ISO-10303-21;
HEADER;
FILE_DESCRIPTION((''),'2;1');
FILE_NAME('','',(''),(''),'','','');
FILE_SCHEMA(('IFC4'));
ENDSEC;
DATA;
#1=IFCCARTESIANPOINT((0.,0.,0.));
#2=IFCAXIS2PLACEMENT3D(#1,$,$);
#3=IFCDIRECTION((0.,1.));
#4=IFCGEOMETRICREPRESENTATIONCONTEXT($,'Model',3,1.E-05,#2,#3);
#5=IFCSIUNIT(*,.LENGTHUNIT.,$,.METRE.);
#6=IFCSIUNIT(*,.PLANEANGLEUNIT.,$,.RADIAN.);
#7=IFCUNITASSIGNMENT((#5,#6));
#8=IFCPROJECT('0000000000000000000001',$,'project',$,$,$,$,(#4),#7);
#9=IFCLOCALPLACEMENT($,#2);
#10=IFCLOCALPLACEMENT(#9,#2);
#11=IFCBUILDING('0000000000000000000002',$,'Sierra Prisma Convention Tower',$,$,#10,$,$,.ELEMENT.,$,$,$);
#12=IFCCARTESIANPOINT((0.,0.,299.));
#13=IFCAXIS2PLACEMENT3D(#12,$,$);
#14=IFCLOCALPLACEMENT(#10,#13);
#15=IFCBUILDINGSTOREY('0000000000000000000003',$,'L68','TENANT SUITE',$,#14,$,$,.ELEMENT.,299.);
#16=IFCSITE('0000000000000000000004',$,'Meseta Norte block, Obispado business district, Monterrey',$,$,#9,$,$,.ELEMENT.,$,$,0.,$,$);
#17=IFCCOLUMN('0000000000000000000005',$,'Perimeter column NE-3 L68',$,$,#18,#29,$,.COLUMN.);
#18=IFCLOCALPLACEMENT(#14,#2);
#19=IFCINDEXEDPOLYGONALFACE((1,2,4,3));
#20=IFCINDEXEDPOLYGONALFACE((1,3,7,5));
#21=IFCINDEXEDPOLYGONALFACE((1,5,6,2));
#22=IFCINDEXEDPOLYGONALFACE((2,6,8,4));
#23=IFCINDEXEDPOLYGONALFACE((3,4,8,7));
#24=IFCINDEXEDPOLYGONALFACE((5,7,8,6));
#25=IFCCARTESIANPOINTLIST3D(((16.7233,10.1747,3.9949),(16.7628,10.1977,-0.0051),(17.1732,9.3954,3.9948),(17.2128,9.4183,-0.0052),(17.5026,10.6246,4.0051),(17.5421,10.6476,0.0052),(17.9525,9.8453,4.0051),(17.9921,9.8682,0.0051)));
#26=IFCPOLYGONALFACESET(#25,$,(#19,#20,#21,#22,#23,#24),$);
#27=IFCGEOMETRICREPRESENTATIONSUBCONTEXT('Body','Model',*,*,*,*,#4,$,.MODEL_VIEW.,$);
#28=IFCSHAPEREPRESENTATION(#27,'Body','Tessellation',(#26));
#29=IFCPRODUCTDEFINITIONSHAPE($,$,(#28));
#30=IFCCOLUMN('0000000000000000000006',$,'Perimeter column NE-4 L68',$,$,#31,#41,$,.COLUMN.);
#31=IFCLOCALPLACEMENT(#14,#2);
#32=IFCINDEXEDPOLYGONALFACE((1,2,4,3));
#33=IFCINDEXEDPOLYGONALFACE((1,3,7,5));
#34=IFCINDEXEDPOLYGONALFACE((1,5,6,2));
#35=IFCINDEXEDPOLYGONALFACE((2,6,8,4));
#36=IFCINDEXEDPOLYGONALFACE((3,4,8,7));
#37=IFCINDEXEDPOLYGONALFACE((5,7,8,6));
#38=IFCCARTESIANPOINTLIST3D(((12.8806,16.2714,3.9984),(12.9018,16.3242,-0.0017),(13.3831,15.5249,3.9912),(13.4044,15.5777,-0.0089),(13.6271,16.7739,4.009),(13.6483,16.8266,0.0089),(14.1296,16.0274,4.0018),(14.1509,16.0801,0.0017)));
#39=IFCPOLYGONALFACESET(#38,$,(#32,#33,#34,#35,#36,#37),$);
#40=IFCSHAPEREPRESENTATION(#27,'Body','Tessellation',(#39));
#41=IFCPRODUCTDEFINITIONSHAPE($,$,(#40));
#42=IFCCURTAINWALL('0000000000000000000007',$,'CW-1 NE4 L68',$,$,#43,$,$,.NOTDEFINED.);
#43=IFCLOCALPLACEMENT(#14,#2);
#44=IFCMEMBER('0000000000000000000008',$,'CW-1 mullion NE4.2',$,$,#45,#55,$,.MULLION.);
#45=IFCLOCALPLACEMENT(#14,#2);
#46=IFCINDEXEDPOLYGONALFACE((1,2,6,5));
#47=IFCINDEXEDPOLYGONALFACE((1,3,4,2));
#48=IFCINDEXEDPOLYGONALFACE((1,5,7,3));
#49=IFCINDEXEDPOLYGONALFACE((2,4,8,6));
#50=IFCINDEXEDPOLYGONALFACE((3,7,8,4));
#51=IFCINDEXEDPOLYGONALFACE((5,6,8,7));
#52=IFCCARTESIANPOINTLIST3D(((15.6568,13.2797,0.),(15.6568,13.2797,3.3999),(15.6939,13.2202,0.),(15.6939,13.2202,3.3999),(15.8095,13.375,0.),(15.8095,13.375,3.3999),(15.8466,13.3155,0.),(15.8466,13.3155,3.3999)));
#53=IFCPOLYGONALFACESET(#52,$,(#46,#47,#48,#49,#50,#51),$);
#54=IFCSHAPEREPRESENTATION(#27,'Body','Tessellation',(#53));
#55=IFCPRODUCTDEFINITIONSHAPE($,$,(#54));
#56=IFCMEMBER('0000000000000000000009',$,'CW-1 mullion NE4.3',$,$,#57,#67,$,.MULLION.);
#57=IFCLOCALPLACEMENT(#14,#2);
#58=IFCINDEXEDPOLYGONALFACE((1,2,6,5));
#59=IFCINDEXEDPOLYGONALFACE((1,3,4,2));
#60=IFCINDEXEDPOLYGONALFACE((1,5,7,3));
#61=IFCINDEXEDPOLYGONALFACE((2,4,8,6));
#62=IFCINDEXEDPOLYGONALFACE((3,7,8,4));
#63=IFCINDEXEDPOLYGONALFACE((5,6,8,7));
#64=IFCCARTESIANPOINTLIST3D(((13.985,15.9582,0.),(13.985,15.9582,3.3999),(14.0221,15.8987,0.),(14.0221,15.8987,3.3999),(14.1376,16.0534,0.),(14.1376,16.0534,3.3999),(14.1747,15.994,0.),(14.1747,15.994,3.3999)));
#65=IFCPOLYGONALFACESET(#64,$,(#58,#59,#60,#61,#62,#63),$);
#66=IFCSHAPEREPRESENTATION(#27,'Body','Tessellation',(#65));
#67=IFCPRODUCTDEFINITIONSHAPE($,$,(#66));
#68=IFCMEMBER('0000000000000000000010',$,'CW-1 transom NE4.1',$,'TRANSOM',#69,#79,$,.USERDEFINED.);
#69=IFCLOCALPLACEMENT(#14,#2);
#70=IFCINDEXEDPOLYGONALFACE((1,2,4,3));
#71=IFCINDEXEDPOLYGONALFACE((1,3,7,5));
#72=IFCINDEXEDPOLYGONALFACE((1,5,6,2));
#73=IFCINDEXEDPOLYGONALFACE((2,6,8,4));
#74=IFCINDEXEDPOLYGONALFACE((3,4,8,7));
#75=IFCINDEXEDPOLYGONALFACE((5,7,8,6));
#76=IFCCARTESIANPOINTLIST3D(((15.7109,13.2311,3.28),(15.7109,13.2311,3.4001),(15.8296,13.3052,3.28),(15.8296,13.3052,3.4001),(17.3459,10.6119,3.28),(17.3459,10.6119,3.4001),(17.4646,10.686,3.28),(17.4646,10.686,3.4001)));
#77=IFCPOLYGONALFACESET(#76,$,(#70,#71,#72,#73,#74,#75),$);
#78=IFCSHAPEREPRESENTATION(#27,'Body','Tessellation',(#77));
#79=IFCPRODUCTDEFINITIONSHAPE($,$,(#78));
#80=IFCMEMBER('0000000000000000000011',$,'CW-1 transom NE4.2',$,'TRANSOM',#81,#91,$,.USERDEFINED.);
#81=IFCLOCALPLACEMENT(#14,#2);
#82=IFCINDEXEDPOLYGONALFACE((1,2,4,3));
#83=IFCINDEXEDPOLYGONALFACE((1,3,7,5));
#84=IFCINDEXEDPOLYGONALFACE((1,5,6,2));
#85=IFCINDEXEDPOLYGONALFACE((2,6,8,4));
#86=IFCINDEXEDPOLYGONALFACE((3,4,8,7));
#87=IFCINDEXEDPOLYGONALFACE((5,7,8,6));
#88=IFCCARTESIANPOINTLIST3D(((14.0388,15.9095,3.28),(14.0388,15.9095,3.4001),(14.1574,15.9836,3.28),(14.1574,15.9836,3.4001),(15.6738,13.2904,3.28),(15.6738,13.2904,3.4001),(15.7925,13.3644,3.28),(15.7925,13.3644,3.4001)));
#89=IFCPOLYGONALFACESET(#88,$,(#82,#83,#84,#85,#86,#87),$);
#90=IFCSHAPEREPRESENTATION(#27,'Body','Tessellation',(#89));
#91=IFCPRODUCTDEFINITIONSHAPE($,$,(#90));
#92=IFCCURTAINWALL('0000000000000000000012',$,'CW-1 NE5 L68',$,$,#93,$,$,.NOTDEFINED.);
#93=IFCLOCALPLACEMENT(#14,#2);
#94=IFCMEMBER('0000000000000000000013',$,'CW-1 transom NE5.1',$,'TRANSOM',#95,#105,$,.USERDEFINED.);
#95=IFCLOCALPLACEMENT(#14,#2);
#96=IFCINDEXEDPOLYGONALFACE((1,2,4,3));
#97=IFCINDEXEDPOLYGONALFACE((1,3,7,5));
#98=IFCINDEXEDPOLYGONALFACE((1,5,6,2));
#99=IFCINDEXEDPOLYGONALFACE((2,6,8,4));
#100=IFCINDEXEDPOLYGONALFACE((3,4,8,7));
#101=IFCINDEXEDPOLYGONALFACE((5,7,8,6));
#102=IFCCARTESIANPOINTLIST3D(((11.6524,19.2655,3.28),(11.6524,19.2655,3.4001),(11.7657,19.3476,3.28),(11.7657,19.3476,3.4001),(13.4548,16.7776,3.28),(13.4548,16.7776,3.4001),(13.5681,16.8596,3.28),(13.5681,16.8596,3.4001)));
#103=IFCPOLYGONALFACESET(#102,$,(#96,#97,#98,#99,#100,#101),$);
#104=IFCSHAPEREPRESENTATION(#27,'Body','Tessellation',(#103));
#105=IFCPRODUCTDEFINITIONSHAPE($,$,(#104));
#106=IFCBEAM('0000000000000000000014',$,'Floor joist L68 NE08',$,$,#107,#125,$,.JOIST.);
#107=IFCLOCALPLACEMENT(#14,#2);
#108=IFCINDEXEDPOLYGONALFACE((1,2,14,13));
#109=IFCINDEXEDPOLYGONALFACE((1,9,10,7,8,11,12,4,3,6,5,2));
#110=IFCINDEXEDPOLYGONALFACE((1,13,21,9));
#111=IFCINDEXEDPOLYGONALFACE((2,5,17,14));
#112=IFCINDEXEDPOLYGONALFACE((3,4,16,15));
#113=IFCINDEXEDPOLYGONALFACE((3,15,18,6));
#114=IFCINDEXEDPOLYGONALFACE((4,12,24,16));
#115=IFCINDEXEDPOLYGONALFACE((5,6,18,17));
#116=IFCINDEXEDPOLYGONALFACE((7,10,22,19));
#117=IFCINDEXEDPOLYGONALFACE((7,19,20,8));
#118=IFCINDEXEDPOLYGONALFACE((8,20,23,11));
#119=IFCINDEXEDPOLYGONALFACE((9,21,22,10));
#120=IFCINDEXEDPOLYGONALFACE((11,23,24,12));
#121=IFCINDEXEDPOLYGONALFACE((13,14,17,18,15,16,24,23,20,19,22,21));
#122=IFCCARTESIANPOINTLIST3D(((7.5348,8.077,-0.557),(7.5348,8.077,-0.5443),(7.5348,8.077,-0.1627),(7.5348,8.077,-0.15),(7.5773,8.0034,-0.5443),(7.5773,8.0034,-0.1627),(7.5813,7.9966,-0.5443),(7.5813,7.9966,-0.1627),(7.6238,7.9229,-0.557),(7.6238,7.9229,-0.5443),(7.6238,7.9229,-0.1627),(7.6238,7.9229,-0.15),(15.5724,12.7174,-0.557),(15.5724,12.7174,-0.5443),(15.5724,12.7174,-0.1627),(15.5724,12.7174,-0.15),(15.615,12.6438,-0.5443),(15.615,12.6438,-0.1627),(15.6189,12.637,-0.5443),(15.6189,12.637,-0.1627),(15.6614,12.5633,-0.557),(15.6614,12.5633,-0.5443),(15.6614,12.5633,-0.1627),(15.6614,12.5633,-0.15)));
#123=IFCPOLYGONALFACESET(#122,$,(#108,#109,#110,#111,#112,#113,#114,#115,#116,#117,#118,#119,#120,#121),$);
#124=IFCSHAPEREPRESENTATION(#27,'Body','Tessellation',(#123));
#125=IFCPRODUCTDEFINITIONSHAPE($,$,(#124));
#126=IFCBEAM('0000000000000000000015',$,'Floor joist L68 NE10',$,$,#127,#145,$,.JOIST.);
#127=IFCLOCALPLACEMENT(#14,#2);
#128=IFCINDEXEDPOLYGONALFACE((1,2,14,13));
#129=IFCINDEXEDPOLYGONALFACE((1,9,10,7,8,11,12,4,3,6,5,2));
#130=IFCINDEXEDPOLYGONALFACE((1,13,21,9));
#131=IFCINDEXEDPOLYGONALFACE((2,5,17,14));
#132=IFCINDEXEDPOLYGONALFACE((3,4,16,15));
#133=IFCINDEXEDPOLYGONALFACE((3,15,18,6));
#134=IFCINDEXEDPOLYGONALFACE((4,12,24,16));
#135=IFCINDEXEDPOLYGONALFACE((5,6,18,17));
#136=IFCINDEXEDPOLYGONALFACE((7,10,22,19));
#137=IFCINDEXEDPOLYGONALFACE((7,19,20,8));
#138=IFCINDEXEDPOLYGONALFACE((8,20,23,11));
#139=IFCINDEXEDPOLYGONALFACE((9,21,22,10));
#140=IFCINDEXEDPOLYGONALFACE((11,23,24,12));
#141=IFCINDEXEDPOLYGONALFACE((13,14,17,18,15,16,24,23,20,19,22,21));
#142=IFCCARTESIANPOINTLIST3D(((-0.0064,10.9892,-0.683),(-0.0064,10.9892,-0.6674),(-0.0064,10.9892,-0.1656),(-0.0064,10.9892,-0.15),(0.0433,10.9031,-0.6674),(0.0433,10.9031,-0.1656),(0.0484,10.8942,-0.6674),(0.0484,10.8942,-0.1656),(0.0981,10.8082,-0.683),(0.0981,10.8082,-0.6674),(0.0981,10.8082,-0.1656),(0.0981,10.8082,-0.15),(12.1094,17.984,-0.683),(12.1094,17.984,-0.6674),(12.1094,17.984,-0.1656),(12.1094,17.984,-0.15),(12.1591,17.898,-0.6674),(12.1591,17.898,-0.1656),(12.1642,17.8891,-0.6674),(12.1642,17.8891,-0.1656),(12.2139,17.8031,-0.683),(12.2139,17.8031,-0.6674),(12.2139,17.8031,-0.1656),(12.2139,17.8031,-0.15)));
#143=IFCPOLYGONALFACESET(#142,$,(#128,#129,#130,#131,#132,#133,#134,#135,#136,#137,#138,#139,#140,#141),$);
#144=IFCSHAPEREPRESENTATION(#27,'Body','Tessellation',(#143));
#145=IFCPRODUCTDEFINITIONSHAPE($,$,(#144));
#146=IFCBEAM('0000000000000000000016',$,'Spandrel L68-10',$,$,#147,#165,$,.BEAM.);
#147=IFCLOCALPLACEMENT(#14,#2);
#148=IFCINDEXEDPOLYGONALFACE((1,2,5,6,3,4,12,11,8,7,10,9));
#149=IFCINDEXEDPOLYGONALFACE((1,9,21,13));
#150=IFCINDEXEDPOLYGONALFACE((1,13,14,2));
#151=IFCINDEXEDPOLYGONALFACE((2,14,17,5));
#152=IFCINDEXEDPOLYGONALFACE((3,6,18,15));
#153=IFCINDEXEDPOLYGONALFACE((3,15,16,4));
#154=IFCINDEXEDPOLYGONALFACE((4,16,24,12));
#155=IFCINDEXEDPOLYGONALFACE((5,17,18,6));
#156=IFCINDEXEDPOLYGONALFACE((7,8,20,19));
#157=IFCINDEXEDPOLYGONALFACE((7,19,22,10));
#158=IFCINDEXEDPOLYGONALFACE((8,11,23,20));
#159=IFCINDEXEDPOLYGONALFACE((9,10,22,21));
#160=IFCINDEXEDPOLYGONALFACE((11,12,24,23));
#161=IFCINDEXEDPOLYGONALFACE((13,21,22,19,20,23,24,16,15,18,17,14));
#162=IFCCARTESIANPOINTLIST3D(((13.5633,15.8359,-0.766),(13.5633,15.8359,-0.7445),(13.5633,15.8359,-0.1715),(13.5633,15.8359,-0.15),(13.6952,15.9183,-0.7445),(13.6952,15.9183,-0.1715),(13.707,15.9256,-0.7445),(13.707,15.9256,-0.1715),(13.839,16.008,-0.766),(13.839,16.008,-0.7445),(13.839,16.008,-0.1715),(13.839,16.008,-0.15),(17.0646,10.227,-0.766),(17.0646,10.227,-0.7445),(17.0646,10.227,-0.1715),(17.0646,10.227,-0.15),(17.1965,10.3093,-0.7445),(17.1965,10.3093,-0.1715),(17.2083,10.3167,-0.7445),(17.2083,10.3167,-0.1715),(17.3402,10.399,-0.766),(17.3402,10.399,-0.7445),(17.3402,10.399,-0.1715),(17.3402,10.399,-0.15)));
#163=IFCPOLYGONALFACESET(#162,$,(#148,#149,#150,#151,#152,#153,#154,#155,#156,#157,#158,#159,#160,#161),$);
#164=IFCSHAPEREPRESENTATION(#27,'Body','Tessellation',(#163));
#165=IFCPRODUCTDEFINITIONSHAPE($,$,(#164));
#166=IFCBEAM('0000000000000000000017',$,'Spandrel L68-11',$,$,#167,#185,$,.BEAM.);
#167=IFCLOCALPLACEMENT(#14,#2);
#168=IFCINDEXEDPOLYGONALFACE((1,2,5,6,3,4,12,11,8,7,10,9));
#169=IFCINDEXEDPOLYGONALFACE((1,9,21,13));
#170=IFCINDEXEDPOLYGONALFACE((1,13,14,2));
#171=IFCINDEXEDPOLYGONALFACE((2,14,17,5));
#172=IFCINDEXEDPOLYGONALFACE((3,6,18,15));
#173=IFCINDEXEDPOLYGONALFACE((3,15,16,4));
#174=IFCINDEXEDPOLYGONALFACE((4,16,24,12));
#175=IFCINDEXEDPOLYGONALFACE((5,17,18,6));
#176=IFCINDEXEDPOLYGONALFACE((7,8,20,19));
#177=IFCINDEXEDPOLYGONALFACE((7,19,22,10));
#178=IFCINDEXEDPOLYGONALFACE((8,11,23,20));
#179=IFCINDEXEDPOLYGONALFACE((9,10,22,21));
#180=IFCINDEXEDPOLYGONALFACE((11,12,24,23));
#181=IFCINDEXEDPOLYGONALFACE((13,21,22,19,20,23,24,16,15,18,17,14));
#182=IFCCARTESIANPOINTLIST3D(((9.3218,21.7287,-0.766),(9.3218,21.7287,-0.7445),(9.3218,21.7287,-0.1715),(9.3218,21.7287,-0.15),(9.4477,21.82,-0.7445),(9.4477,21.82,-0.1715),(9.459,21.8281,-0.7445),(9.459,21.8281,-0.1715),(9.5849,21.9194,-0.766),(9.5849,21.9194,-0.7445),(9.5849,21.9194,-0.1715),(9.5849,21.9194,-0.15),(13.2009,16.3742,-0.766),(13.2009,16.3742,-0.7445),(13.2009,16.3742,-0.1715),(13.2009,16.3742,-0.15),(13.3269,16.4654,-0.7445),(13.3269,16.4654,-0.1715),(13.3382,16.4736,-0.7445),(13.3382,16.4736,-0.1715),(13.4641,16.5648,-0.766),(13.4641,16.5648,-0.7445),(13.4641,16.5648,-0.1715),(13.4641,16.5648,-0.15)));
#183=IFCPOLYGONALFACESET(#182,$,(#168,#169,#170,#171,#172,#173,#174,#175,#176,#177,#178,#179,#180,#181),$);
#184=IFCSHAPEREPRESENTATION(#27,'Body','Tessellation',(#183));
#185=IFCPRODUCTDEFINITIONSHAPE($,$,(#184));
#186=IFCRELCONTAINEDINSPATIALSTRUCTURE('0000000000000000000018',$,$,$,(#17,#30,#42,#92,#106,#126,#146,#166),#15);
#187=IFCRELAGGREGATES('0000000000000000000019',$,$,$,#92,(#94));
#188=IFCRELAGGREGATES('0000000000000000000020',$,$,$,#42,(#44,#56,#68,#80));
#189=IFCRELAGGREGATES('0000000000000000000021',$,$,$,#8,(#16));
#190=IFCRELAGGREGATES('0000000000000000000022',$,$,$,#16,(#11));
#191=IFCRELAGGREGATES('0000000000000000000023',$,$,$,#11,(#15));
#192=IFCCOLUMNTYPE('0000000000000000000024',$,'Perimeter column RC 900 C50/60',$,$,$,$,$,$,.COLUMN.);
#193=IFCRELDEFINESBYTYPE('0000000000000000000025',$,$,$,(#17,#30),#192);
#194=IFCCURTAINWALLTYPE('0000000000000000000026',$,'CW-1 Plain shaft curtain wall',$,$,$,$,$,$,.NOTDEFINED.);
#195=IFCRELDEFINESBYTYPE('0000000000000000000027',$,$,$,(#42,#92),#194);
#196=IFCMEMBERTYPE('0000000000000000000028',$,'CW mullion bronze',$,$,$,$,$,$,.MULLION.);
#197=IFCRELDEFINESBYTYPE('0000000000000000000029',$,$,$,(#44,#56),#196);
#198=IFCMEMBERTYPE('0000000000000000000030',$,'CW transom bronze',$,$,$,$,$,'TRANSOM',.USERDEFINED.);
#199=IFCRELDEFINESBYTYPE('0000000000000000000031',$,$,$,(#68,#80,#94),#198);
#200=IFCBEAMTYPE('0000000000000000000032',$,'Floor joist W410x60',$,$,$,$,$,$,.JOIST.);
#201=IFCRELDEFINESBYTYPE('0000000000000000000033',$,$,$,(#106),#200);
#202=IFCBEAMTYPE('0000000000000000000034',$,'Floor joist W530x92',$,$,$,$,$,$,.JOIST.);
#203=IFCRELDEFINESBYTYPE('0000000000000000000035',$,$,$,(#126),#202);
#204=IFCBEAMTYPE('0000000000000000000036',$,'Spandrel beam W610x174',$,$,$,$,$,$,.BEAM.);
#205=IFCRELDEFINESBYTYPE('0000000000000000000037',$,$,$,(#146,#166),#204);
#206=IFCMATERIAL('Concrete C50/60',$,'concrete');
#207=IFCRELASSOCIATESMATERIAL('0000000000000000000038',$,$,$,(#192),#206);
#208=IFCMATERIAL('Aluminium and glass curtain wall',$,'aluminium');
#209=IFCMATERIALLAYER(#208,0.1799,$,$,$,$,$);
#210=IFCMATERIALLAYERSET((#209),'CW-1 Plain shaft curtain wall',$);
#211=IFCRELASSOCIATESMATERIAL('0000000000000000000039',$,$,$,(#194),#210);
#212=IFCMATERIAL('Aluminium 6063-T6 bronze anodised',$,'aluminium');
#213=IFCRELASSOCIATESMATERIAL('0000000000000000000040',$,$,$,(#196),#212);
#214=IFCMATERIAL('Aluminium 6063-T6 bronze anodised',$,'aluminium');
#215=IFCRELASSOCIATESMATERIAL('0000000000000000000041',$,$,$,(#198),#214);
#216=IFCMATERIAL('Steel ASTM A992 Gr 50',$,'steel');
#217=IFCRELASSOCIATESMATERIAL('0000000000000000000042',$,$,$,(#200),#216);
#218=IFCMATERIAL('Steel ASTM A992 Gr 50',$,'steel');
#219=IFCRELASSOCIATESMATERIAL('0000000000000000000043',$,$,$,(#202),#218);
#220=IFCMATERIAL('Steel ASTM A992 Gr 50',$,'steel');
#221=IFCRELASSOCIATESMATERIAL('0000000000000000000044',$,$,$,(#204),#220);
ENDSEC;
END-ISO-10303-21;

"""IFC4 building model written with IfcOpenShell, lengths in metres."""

from ifc_helpers import new_model, si_unit, direction, frame, origin, origin_2d, place, context, subcontext, project, spatial, rectangle, i_section, extrude, material, layer, layer_set, material_profile, profile_set, type_object, element, aggregate, save


model = new_model("IFC4")

# Units and contexts
model_context = context("Model", 3, precision=1e-05, world=origin(), true_north=direction((0.0, 1.0)))
body_context = subcontext(model_context, "Body", "Model", "MODEL_VIEW")
ifc_project = project(units=[si_unit("LENGTHUNIT", "METRE"), si_unit("PLANEANGLEUNIT", "RADIAN")], contexts=[model_context])

# Site, building, storey
site_placement = place(None, origin())
site = spatial("IfcSite", under=ifc_project, at=site_placement, Name="Meseta Norte block, Obispado business district, Monterrey", CompositionType="ELEMENT", RefElevation=0.0)
building_placement = place(site_placement, origin())
building = spatial("IfcBuilding", under=site, at=building_placement, Name="Sierra Prisma Convention Tower", CompositionType="ELEMENT")
storey_placement = place(building_placement, frame((0.0, 0.0, 299.0)))
storey = spatial("IfcBuildingStorey", under=building, at=storey_placement, Name="L68", Description="TENANT SUITE", CompositionType="ELEMENT", Elevation=299.0)

# Columns
ifc_material_1 = material(Name="Concrete C50/60", Category="concrete")
ifc_material_profile_1 = material_profile(ifc_material_1, rectangle(XDim=0.8999, YDim=0.8999, at=origin_2d()), Name="Perimeter column RC 900 C50/60")
ifc_profile_set_1 = profile_set([ifc_material_profile_1], Name="Concrete C50/60")
column_type = type_object("IfcColumnType", Name="Perimeter column RC 900 C50/60", PredefinedType="COLUMN", material=ifc_profile_set_1)
column_1_placement = place(storey_placement, frame((17.3774, 10.033, 0.0), z_axis=(-0.009887, -0.005737, 0.999935), x_axis=(-0.499976, 0.86604, 0.000025)))
element("IfcColumn", 1, at=column_1_placement, inside=storey, type_object=column_type, Name="Perimeter column NE-3 L68", PredefinedType="COLUMN", context=body_context, shape_type="SweptSolid", body=[
    extrude(rectangle(XDim=0.8999, YDim=0.8999, at=origin_2d()), origin(), (0.0, 0.0, 1.0), 4.0002),
])
column_2_placement = place(storey_placement, frame((13.5264, 16.2021, 0.0), z_axis=(-0.00531, -0.013182, 0.999899), x_axis=(-0.558438, 0.829508, 0.007971)))
element("IfcColumn", 2, at=column_2_placement, inside=storey, type_object=column_type, Name="Perimeter column NE-4 L68", PredefinedType="COLUMN", context=body_context, shape_type="SweptSolid", body=[
    extrude(rectangle(XDim=0.8999, YDim=0.8999, at=origin_2d()), origin(), (0.0, 0.0, 1.0), 4.0005),
])

# Curtain wall, members
ifc_material_2 = material(Name="Aluminium and glass curtain wall", Category="aluminium")
ifc_layer_1 = layer(ifc_material_2, 0.1799)
ifc_layer_set_1 = layer_set([ifc_layer_1], Name="CW-1 Plain shaft curtain wall")
curtain_wall_type = type_object("IfcCurtainWallType", Name="CW-1 Plain shaft curtain wall", PredefinedType="NOTDEFINED", material=ifc_layer_set_1)
curtain_wall_1_placement = place(storey_placement, origin())
curtain_wall_1 = element("IfcCurtainWall", 3, at=curtain_wall_1_placement, inside=storey, type_object=curtain_wall_type, Name="CW-1 NE4 L68", PredefinedType="NOTDEFINED")
ifc_material_3 = material(Name="Aluminium 6063-T6 bronze anodised", Category="aluminium")
ifc_material_profile_2 = material_profile(ifc_material_3, rectangle(XDim=0.1799, YDim=0.0701, at=origin_2d()), Name="ALU MULLION 70x180")
ifc_profile_set_2 = profile_set([ifc_material_profile_2], Name="Aluminium 6063-T6 bronze anodised")
member_type_1 = type_object("IfcMemberType", Name="CW mullion bronze", PredefinedType="MULLION", material=ifc_profile_set_2)
member_1_placement = place(storey_placement, frame((15.7517, 13.2976, 0.0), z_axis=(0.0, 0.0, 1.0), x_axis=(-0.848287, -0.529537, 0.0)))
member_1 = element("IfcMember", 4, at=member_1_placement, type_object=member_type_1, Name="CW-1 mullion NE4.2", PredefinedType="MULLION", context=body_context, shape_type="SweptSolid", body=[
    extrude(rectangle(XDim=0.1799, YDim=0.0701, at=origin_2d()), origin(), (0.0, 0.0, 1.0), 3.3999),
])
member_2_placement = place(storey_placement, frame((14.0798, 15.9761, 0.0), z_axis=(0.0, 0.0, 1.0), x_axis=(-0.848287, -0.529537, 0.0)))
member_2 = element("IfcMember", 5, at=member_2_placement, type_object=member_type_1, Name="CW-1 mullion NE4.3", PredefinedType="MULLION", context=body_context, shape_type="SweptSolid", body=[
    extrude(rectangle(XDim=0.1799, YDim=0.0701, at=origin_2d()), origin(), (0.0, 0.0, 1.0), 3.3999),
])
ifc_material_4 = material(Name="Aluminium 6063-T6 bronze anodised", Category="aluminium")
ifc_material_profile_3 = material_profile(ifc_material_4, rectangle(XDim=0.1399, YDim=0.1201, at=origin_2d()), Name="ALU TRANSOM 120x140")
ifc_profile_set_3 = profile_set([ifc_material_profile_3], Name="Aluminium 6063-T6 bronze anodised")
member_type_2 = type_object("IfcMemberType", Name="CW transom bronze", ElementType="TRANSOM", PredefinedType="USERDEFINED", material=ifc_profile_set_3)
member_3_placement = place(storey_placement, frame((17.4053, 10.6489, 3.3401), z_axis=(-0.529544, 0.848282, 0.0), x_axis=(-0.848282, -0.529544, 0.0)))
member_3 = element("IfcMember", 6, at=member_3_placement, type_object=member_type_2, Name="CW-1 transom NE4.1", ObjectType="TRANSOM", PredefinedType="USERDEFINED", context=body_context, shape_type="SweptSolid", body=[
    extrude(rectangle(XDim=0.1399, YDim=0.1201, at=origin_2d()), origin(), (0.0, 0.0, 1.0), 3.0876),
])
member_4_placement = place(storey_placement, frame((15.7332, 13.3274, 3.3401), z_axis=(-0.529544, 0.848282, 0.0), x_axis=(-0.848282, -0.529544, 0.0)))
member_4 = element("IfcMember", 7, at=member_4_placement, type_object=member_type_2, Name="CW-1 transom NE4.2", ObjectType="TRANSOM", PredefinedType="USERDEFINED", context=body_context, shape_type="SweptSolid", body=[
    extrude(rectangle(XDim=0.1399, YDim=0.1201, at=origin_2d()), origin(), (0.0, 0.0, 1.0), 3.0876),
])

# Curtain wall, member
curtain_wall_2_placement = place(storey_placement, origin())
curtain_wall_2 = element("IfcCurtainWall", 8, at=curtain_wall_2_placement, inside=storey, type_object=curtain_wall_type, Name="CW-1 NE5 L68", PredefinedType="NOTDEFINED")
member_5_placement = place(storey_placement, frame((13.5115, 16.8186, 3.3401), z_axis=(-0.586682, 0.809817, 0.0), x_axis=(-0.809817, -0.586682, 0.0)))
member_5 = element("IfcMember", 9, at=member_5_placement, type_object=member_type_2, Name="CW-1 transom NE5.1", ObjectType="TRANSOM", PredefinedType="USERDEFINED", context=body_context, shape_type="SweptSolid", body=[
    extrude(rectangle(XDim=0.1399, YDim=0.1201, at=origin_2d()), origin(), (0.0, 0.0, 1.0), 3.0723),
])
aggregate(curtain_wall_2, [member_5])

# Beams
ifc_material_5 = material(Name="Steel ASTM A992 Gr 50", Category="steel")
ifc_material_profile_4 = material_profile(ifc_material_5, i_section(OverallWidth=0.178, OverallDepth=0.407, WebThickness=0.0078, FlangeThickness=0.0127, at=origin_2d()), Name="W410x60")
ifc_profile_set_4 = profile_set([ifc_material_profile_4], Name="Steel ASTM A992 Gr 50")
beam_type_1 = type_object("IfcBeamType", Name="Floor joist W410x60", PredefinedType="JOIST", material=ifc_profile_set_4)
beam_1_placement = place(storey_placement, frame((15.6169, 12.6404, -0.3535), z_axis=(-0.866031, -0.49999, 0.0), x_axis=(0.49999, -0.866031, 0.0)))
element("IfcBeam", 10, at=beam_1_placement, inside=storey, type_object=beam_type_1, Name="Floor joist L68 NE08", PredefinedType="JOIST", context=body_context, shape_type="SweptSolid", body=[
    extrude(i_section(OverallWidth=0.178, OverallDepth=0.407, WebThickness=0.0078, FlangeThickness=0.0127, at=origin_2d()), origin(), (0.0, 0.0, 1.0), 9.281),
])
ifc_material_6 = material(Name="Steel ASTM A992 Gr 50", Category="steel")
ifc_material_profile_5 = material_profile(ifc_material_6, i_section(OverallWidth=0.209, OverallDepth=0.533, WebThickness=0.0103, FlangeThickness=0.0156, at=origin_2d()), Name="W530x92")
ifc_profile_set_5 = profile_set([ifc_material_profile_5], Name="Steel ASTM A992 Gr 50")
beam_type_2 = type_object("IfcBeamType", Name="Floor joist W530x92", PredefinedType="JOIST", material=ifc_profile_set_5)
beam_2_placement = place(storey_placement, frame((12.1616, 17.8936, -0.4165), z_axis=(-0.86603, -0.499992, 0.0), x_axis=(0.499992, -0.86603, 0.0)))
element("IfcBeam", 11, at=beam_2_placement, inside=storey, type_object=beam_type_2, Name="Floor joist L68 NE10", PredefinedType="JOIST", context=body_context, shape_type="SweptSolid", body=[
    extrude(i_section(OverallWidth=0.209, OverallDepth=0.533, WebThickness=0.0103, FlangeThickness=0.0156, at=origin_2d()), origin(), (0.0, 0.0, 1.0), 13.99),
])
ifc_material_7 = material(Name="Steel ASTM A992 Gr 50", Category="steel")
ifc_material_profile_6 = material_profile(ifc_material_7, i_section(OverallWidth=0.325, OverallDepth=0.616, WebThickness=0.0139, FlangeThickness=0.0215, at=origin_2d()), Name="W610x174")
ifc_profile_set_6 = profile_set([ifc_material_profile_6], Name="Steel ASTM A992 Gr 50")
beam_type_3 = type_object("IfcBeamType", Name="Spandrel beam W610x174", PredefinedType="BEAM", material=ifc_profile_set_6)
for number, where, z_axis, x_axis, name in (
    (12, (17.2024, 10.313, -0.458), (-0.529528, 0.848293, 0.0), (-0.848293, -0.529528, 0.0), "Spandrel L68-10"),
    (13, (13.3325, 16.4695, -0.458), (-0.586684, 0.809816, 0.0), (-0.809816, -0.586684, 0.0), "Spandrel L68-11"),
):
    element("IfcBeam", number, at=place(storey_placement, frame(where, z_axis=z_axis, x_axis=x_axis)), inside=storey, type_object=beam_type_3, Name=name, PredefinedType="BEAM", context=body_context, shape_type="SweptSolid", body=[
        extrude(i_section(OverallWidth=0.325, OverallDepth=0.616, WebThickness=0.0139, FlangeThickness=0.0215, at=origin_2d()), origin(), (0.0, 0.0, 1.0), 6.6121),
    ])

aggregate(curtain_wall_1, [member_1, member_2, member_3, member_4])

save(model, "model.ifc")
